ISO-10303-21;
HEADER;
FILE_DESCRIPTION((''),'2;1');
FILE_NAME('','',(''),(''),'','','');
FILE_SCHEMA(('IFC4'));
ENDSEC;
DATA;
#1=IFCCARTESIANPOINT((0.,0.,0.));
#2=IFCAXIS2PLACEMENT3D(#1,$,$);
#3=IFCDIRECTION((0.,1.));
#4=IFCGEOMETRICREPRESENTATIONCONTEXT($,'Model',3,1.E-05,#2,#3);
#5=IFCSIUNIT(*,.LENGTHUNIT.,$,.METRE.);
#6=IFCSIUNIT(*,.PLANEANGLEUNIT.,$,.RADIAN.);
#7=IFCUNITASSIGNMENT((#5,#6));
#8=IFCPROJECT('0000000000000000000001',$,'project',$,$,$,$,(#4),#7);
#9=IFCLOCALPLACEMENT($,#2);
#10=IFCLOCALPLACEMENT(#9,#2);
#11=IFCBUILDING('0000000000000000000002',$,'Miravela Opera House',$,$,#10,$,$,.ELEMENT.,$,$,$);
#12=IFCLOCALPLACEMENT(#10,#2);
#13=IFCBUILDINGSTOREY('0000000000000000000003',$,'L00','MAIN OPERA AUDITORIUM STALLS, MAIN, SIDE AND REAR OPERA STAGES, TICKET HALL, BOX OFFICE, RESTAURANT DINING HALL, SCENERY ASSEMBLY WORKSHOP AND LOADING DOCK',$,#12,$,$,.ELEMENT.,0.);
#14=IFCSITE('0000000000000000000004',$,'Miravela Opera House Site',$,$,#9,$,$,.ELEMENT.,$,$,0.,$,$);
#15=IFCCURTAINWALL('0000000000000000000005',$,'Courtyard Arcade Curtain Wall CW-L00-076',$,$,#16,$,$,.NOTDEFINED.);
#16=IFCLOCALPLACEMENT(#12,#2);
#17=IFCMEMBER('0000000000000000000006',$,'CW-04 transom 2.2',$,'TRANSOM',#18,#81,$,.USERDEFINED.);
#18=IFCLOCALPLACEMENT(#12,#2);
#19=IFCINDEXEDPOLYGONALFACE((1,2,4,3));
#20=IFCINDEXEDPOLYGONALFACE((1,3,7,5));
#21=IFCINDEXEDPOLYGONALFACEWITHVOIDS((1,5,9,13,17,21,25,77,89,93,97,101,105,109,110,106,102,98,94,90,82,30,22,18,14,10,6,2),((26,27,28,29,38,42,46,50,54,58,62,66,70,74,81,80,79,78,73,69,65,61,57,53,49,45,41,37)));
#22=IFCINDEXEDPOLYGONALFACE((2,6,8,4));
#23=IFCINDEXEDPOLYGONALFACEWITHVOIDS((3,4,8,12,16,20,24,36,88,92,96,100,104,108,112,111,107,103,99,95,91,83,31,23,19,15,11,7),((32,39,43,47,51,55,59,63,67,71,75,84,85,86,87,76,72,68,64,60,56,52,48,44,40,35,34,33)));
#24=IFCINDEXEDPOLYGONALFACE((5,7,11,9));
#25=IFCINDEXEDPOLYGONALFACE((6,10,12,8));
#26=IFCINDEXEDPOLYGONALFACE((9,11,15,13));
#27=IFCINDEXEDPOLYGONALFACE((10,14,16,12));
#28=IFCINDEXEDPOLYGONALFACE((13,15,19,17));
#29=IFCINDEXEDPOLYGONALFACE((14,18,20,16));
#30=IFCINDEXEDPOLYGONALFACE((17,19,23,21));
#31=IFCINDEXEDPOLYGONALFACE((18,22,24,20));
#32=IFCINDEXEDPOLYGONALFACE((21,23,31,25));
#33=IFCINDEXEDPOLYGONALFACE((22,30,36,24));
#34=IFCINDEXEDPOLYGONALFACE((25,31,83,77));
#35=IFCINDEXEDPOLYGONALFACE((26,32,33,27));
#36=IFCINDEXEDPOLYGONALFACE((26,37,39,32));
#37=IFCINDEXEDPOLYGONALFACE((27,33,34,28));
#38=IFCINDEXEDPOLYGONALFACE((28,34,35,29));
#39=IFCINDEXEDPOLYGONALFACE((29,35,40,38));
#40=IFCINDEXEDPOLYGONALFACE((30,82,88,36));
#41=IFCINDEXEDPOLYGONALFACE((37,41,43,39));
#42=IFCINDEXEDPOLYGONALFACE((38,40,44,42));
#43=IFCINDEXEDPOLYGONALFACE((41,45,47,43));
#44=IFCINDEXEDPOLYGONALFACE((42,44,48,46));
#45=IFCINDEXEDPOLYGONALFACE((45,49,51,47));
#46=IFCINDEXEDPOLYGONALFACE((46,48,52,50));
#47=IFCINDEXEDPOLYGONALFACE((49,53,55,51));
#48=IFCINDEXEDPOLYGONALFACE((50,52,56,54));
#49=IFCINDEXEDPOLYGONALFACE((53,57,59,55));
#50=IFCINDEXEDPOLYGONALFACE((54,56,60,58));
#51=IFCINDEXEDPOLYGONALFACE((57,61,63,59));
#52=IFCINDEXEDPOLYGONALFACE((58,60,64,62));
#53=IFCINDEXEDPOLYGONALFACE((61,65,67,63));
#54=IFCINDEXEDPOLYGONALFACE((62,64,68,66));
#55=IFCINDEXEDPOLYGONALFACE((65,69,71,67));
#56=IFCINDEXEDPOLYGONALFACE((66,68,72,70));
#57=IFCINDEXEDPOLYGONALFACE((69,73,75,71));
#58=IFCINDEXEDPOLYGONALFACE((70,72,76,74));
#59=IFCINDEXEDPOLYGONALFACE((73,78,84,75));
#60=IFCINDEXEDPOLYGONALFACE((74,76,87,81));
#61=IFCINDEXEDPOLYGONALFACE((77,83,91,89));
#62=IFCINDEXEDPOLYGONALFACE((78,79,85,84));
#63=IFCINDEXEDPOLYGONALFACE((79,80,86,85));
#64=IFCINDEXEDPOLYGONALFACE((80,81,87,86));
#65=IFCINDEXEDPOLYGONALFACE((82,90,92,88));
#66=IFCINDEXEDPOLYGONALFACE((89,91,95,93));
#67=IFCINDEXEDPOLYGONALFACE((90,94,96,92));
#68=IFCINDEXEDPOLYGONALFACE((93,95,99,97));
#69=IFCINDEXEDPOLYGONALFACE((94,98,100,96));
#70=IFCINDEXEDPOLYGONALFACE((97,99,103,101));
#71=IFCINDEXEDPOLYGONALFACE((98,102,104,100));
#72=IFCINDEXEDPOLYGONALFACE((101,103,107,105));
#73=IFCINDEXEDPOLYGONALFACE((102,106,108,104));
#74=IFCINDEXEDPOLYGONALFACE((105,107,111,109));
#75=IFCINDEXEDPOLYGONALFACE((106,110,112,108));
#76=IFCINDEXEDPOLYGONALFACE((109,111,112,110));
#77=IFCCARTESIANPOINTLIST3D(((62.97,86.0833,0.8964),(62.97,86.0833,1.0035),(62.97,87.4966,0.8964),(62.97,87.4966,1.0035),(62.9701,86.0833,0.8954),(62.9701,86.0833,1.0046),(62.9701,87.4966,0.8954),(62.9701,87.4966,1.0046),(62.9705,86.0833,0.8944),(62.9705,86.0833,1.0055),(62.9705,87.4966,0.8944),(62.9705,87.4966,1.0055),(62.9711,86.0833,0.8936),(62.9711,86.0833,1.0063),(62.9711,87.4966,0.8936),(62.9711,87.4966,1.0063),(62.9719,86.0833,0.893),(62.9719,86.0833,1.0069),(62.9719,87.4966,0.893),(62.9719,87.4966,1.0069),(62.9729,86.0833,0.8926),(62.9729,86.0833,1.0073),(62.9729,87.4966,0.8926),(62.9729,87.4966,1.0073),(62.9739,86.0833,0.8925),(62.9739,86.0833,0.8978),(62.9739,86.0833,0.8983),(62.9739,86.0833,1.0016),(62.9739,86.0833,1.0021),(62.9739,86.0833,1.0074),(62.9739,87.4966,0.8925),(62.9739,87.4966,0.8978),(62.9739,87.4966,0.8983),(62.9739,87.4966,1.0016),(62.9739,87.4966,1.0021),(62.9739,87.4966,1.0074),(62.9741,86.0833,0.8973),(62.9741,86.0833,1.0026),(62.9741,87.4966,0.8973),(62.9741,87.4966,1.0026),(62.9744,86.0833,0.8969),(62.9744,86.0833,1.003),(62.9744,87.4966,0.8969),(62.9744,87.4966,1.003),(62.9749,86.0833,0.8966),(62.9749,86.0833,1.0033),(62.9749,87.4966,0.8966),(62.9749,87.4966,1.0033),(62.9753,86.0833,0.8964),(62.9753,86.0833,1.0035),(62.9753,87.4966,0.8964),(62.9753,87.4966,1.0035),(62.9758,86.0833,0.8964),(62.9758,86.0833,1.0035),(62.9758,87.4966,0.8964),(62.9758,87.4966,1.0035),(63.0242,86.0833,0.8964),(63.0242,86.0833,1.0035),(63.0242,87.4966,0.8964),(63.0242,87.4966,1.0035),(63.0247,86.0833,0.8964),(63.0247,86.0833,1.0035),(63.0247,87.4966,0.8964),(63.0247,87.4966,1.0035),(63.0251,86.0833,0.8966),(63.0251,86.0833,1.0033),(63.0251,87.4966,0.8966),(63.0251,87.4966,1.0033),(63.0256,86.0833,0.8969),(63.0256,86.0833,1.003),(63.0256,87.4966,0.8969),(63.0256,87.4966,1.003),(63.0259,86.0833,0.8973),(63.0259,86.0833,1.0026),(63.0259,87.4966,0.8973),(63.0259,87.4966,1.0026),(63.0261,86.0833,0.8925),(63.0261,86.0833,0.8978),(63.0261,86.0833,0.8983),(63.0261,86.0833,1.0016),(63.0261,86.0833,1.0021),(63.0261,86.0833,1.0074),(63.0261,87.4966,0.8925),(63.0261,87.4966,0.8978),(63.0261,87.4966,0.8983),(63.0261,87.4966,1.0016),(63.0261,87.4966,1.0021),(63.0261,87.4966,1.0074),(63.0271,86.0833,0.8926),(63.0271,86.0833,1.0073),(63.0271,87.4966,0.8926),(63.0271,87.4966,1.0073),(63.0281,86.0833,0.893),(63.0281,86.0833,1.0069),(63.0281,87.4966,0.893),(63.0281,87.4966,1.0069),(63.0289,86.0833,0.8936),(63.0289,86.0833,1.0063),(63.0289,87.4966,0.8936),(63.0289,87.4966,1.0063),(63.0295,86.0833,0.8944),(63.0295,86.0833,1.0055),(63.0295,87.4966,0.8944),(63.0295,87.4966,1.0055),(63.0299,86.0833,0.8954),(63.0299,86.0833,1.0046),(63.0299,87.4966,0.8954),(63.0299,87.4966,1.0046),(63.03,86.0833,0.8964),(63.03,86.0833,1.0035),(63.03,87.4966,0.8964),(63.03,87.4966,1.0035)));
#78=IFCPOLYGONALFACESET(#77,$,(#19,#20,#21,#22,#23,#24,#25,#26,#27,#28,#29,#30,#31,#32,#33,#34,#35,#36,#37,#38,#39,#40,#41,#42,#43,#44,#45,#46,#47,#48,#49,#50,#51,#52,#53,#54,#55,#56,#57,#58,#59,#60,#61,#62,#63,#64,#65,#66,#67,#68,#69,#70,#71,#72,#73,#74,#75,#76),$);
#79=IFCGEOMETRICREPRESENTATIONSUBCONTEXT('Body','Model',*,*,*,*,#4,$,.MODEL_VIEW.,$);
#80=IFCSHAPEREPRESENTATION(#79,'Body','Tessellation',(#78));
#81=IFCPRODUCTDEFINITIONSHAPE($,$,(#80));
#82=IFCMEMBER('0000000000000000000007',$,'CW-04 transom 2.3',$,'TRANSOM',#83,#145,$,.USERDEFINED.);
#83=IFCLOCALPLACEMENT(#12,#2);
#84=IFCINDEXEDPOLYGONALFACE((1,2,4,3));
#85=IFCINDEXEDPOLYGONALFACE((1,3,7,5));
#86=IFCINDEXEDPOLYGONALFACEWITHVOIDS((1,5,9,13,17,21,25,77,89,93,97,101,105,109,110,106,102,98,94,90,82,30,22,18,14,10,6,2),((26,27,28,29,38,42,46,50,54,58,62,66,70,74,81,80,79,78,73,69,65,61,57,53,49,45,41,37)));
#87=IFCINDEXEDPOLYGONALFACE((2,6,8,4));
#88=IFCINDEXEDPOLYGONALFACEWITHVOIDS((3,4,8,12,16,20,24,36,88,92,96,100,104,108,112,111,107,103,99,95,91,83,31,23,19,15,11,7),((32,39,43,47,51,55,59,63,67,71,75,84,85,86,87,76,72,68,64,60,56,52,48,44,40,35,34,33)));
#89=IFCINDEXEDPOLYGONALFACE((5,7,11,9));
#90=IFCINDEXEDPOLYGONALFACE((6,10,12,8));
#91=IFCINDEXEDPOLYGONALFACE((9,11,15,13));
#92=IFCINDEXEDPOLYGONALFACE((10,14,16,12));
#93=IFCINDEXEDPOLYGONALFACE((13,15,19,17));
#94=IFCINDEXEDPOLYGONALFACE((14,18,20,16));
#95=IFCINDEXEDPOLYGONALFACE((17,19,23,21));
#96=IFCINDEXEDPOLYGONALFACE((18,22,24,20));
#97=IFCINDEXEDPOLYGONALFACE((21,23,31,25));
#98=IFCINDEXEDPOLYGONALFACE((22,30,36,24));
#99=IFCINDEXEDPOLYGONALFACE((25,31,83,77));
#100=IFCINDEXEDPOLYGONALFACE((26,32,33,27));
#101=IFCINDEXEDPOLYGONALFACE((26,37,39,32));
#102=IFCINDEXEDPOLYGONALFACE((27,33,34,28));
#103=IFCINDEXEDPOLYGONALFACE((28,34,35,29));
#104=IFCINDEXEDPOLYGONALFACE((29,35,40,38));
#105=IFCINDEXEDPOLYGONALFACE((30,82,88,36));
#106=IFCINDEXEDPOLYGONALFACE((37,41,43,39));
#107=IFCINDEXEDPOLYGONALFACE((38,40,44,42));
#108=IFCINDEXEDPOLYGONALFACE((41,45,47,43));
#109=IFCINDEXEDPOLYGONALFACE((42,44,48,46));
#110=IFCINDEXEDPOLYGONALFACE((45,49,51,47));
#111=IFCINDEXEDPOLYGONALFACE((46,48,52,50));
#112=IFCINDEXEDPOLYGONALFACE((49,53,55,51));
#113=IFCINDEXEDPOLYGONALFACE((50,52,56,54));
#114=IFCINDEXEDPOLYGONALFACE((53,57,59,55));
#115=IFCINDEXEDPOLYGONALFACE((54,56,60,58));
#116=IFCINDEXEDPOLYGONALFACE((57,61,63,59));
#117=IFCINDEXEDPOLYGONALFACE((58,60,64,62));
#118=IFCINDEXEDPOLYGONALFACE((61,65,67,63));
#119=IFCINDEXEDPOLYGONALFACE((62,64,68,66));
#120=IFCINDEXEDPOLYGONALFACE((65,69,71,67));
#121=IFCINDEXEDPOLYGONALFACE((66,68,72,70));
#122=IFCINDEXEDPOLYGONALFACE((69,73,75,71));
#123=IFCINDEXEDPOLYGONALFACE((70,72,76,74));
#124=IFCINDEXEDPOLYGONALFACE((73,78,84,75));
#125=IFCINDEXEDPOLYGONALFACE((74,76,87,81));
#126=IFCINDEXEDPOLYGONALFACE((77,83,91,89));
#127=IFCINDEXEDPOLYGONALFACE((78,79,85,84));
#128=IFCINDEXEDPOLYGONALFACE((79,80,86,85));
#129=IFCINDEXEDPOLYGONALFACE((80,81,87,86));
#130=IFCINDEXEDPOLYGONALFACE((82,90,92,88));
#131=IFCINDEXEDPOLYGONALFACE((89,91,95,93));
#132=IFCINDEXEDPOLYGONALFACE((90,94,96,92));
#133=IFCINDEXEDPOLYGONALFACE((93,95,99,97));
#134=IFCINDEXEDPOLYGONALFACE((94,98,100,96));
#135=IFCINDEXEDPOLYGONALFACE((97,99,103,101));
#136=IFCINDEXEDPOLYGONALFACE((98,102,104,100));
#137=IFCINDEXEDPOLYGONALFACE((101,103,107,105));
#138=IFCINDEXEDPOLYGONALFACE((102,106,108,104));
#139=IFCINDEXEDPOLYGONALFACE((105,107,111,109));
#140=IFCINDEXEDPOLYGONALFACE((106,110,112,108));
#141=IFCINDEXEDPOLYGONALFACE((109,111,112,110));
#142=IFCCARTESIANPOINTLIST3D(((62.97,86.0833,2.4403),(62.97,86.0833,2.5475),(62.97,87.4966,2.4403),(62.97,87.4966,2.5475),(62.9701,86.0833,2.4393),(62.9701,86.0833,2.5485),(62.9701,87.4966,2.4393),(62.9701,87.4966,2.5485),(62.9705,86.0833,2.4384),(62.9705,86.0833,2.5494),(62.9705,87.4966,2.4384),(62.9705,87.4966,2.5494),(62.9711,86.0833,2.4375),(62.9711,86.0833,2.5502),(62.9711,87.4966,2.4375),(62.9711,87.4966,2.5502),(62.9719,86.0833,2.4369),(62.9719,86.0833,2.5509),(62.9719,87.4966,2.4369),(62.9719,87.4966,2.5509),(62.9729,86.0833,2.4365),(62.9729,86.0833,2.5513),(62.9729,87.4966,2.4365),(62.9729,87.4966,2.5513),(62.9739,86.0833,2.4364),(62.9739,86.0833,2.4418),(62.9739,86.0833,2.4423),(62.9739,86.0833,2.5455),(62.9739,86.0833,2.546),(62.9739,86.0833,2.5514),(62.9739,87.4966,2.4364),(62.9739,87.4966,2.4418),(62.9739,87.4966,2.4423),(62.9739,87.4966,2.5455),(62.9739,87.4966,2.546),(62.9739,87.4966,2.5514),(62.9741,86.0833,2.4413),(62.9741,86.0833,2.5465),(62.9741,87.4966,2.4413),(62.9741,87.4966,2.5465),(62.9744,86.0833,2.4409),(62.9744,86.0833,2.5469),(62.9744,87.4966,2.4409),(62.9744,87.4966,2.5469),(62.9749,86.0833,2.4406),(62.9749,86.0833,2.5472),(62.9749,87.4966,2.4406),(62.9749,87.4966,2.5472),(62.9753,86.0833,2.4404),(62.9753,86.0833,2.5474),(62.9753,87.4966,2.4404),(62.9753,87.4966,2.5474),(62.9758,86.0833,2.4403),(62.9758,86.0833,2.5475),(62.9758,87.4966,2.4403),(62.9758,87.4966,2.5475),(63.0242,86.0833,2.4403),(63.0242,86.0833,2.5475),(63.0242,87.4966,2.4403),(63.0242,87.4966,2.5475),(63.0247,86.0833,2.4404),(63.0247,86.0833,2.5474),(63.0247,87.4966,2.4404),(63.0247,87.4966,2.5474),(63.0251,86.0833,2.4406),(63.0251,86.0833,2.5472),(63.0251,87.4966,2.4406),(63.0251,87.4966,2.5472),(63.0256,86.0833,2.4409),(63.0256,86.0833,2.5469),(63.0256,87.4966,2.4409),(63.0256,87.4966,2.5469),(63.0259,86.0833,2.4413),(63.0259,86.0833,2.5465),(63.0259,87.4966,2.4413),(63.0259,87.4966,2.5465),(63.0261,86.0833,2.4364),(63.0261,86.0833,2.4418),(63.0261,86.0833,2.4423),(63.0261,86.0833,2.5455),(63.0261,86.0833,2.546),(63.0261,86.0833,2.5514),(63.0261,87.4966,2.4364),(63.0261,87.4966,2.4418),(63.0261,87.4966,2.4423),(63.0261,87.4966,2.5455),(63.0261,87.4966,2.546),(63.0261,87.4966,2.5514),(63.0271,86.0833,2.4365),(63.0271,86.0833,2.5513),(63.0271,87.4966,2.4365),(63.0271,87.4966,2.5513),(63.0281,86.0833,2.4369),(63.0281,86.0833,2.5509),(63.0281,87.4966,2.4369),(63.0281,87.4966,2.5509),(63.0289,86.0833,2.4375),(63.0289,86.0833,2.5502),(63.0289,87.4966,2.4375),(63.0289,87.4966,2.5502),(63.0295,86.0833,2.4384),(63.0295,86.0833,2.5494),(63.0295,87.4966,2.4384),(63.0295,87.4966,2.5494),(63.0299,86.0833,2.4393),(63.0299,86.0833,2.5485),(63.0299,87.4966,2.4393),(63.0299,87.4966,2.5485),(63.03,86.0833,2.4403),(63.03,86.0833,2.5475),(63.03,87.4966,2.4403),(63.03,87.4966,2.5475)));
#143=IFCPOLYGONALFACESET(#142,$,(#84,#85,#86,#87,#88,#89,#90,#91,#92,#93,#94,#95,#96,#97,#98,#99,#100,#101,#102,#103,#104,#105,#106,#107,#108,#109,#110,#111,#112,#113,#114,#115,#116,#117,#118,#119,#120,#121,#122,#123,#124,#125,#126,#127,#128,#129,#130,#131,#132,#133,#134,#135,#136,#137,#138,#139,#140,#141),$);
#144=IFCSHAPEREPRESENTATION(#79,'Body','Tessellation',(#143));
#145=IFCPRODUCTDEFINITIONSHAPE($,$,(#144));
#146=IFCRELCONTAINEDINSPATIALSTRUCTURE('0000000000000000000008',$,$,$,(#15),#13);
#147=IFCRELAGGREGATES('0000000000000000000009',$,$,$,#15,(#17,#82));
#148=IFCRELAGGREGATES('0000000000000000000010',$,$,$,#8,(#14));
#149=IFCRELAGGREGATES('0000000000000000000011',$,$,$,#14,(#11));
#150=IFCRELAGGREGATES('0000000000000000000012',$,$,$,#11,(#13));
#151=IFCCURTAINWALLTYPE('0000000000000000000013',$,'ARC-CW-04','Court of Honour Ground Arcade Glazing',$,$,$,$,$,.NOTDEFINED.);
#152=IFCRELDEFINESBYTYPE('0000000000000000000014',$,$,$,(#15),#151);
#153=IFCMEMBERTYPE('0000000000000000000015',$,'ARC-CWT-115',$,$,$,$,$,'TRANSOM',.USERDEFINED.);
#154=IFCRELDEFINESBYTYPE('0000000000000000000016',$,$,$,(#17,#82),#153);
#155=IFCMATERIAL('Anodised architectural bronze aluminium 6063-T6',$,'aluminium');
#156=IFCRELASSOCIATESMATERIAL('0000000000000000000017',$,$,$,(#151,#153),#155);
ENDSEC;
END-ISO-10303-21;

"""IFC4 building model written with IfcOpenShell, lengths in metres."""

from ifc_helpers import new_model, si_unit, direction, frame, origin, origin_2d, place, context, subcontext, project, spatial, hollow_rectangle, extrude, material, material_profile, profile_set, type_object, element, aggregate, save


model = new_model("IFC4")

# Units and contexts
model_context = context("Model", 3, precision=1e-05, world=origin(), true_north=direction((0.0, 1.0)))
body_context = subcontext(model_context, "Body", "Model", "MODEL_VIEW")
ifc_project = project(units=[si_unit("LENGTHUNIT", "METRE"), si_unit("PLANEANGLEUNIT", "RADIAN")], contexts=[model_context])

# Site, building, storey
site_placement = place(None, origin())
site = spatial("IfcSite", under=ifc_project, at=site_placement, Name="Miravela Opera House Site", CompositionType="ELEMENT", RefElevation=0.0)
building_placement = place(site_placement, origin())
building = spatial("IfcBuilding", under=site, at=building_placement, Name="Miravela Opera House", CompositionType="ELEMENT")
storey_placement = place(building_placement, origin())
storey = spatial("IfcBuildingStorey", under=building, at=storey_placement, Name="L00", Description="MAIN OPERA AUDITORIUM STALLS, MAIN, SIDE AND REAR OPERA STAGES, TICKET HALL, BOX OFFICE, RESTAURANT DINING HALL, SCENERY ASSEMBLY WORKSHOP AND LOADING DOCK", CompositionType="ELEMENT", Elevation=0.0)

# Curtain wall, members
ifc_material_1 = material(Name="Anodised architectural bronze aluminium 6063-T6", Category="aluminium")
curtain_wall_type = type_object("IfcCurtainWallType", Name="ARC-CW-04", Description="Court of Honour Ground Arcade Glazing", PredefinedType="NOTDEFINED", material=ifc_material_1)
curtain_wall_placement = place(storey_placement, origin())
curtain_wall = element("IfcCurtainWall", 1, at=curtain_wall_placement, inside=storey, type_object=curtain_wall_type, Name="Courtyard Arcade Curtain Wall CW-L00-076", PredefinedType="NOTDEFINED")
ifc_material_profile_1 = material_profile(ifc_material_1, hollow_rectangle(XDim=0.0601, YDim=0.115, WallThickness=0.0039, InnerFilletRadius=0.002, OuterFilletRadius=0.0039, at=origin_2d()), Name="CWT-60X115")
ifc_profile_set_1 = profile_set([ifc_material_profile_1])
member_type_1 = type_object("IfcMemberType", Name="ARC-CWT-115", ElementType="TRANSOM", PredefinedType="USERDEFINED", material=ifc_profile_set_1)
member_1_placement = place(storey_placement, frame((63.0, 86.0833, 0.95), z_axis=(0.0, 1.0, 0.0), x_axis=(-1.0, 0.0, 0.0)))
member_1 = element("IfcMember", 2, at=member_1_placement, type_object=member_type_1, Name="CW-04 transom 2.2", ObjectType="TRANSOM", PredefinedType="USERDEFINED", context=body_context, shape_type="SweptSolid", body=[
    extrude(hollow_rectangle(XDim=0.0601, YDim=0.115, WallThickness=0.0039, InnerFilletRadius=0.002, OuterFilletRadius=0.0039, at=origin_2d()), origin(), (0.0, 0.0, 1.0), 1.4133),
])
member_2_placement = place(storey_placement, frame((63.0, 86.0833, 2.4939), z_axis=(0.0, 1.0, 0.0), x_axis=(-1.0, 0.0, 0.0)))
member_2 = element("IfcMember", 3, at=member_2_placement, type_object=member_type_1, Name="CW-04 transom 2.3", ObjectType="TRANSOM", PredefinedType="USERDEFINED", context=body_context, shape_type="SweptSolid", body=[
    extrude(hollow_rectangle(XDim=0.0601, YDim=0.115, WallThickness=0.0039, InnerFilletRadius=0.002, OuterFilletRadius=0.0039, at=origin_2d()), origin(), (0.0, 0.0, 1.0), 1.4133),
])

aggregate(curtain_wall, [member_1, member_2])

save(model, "model.ifc")
